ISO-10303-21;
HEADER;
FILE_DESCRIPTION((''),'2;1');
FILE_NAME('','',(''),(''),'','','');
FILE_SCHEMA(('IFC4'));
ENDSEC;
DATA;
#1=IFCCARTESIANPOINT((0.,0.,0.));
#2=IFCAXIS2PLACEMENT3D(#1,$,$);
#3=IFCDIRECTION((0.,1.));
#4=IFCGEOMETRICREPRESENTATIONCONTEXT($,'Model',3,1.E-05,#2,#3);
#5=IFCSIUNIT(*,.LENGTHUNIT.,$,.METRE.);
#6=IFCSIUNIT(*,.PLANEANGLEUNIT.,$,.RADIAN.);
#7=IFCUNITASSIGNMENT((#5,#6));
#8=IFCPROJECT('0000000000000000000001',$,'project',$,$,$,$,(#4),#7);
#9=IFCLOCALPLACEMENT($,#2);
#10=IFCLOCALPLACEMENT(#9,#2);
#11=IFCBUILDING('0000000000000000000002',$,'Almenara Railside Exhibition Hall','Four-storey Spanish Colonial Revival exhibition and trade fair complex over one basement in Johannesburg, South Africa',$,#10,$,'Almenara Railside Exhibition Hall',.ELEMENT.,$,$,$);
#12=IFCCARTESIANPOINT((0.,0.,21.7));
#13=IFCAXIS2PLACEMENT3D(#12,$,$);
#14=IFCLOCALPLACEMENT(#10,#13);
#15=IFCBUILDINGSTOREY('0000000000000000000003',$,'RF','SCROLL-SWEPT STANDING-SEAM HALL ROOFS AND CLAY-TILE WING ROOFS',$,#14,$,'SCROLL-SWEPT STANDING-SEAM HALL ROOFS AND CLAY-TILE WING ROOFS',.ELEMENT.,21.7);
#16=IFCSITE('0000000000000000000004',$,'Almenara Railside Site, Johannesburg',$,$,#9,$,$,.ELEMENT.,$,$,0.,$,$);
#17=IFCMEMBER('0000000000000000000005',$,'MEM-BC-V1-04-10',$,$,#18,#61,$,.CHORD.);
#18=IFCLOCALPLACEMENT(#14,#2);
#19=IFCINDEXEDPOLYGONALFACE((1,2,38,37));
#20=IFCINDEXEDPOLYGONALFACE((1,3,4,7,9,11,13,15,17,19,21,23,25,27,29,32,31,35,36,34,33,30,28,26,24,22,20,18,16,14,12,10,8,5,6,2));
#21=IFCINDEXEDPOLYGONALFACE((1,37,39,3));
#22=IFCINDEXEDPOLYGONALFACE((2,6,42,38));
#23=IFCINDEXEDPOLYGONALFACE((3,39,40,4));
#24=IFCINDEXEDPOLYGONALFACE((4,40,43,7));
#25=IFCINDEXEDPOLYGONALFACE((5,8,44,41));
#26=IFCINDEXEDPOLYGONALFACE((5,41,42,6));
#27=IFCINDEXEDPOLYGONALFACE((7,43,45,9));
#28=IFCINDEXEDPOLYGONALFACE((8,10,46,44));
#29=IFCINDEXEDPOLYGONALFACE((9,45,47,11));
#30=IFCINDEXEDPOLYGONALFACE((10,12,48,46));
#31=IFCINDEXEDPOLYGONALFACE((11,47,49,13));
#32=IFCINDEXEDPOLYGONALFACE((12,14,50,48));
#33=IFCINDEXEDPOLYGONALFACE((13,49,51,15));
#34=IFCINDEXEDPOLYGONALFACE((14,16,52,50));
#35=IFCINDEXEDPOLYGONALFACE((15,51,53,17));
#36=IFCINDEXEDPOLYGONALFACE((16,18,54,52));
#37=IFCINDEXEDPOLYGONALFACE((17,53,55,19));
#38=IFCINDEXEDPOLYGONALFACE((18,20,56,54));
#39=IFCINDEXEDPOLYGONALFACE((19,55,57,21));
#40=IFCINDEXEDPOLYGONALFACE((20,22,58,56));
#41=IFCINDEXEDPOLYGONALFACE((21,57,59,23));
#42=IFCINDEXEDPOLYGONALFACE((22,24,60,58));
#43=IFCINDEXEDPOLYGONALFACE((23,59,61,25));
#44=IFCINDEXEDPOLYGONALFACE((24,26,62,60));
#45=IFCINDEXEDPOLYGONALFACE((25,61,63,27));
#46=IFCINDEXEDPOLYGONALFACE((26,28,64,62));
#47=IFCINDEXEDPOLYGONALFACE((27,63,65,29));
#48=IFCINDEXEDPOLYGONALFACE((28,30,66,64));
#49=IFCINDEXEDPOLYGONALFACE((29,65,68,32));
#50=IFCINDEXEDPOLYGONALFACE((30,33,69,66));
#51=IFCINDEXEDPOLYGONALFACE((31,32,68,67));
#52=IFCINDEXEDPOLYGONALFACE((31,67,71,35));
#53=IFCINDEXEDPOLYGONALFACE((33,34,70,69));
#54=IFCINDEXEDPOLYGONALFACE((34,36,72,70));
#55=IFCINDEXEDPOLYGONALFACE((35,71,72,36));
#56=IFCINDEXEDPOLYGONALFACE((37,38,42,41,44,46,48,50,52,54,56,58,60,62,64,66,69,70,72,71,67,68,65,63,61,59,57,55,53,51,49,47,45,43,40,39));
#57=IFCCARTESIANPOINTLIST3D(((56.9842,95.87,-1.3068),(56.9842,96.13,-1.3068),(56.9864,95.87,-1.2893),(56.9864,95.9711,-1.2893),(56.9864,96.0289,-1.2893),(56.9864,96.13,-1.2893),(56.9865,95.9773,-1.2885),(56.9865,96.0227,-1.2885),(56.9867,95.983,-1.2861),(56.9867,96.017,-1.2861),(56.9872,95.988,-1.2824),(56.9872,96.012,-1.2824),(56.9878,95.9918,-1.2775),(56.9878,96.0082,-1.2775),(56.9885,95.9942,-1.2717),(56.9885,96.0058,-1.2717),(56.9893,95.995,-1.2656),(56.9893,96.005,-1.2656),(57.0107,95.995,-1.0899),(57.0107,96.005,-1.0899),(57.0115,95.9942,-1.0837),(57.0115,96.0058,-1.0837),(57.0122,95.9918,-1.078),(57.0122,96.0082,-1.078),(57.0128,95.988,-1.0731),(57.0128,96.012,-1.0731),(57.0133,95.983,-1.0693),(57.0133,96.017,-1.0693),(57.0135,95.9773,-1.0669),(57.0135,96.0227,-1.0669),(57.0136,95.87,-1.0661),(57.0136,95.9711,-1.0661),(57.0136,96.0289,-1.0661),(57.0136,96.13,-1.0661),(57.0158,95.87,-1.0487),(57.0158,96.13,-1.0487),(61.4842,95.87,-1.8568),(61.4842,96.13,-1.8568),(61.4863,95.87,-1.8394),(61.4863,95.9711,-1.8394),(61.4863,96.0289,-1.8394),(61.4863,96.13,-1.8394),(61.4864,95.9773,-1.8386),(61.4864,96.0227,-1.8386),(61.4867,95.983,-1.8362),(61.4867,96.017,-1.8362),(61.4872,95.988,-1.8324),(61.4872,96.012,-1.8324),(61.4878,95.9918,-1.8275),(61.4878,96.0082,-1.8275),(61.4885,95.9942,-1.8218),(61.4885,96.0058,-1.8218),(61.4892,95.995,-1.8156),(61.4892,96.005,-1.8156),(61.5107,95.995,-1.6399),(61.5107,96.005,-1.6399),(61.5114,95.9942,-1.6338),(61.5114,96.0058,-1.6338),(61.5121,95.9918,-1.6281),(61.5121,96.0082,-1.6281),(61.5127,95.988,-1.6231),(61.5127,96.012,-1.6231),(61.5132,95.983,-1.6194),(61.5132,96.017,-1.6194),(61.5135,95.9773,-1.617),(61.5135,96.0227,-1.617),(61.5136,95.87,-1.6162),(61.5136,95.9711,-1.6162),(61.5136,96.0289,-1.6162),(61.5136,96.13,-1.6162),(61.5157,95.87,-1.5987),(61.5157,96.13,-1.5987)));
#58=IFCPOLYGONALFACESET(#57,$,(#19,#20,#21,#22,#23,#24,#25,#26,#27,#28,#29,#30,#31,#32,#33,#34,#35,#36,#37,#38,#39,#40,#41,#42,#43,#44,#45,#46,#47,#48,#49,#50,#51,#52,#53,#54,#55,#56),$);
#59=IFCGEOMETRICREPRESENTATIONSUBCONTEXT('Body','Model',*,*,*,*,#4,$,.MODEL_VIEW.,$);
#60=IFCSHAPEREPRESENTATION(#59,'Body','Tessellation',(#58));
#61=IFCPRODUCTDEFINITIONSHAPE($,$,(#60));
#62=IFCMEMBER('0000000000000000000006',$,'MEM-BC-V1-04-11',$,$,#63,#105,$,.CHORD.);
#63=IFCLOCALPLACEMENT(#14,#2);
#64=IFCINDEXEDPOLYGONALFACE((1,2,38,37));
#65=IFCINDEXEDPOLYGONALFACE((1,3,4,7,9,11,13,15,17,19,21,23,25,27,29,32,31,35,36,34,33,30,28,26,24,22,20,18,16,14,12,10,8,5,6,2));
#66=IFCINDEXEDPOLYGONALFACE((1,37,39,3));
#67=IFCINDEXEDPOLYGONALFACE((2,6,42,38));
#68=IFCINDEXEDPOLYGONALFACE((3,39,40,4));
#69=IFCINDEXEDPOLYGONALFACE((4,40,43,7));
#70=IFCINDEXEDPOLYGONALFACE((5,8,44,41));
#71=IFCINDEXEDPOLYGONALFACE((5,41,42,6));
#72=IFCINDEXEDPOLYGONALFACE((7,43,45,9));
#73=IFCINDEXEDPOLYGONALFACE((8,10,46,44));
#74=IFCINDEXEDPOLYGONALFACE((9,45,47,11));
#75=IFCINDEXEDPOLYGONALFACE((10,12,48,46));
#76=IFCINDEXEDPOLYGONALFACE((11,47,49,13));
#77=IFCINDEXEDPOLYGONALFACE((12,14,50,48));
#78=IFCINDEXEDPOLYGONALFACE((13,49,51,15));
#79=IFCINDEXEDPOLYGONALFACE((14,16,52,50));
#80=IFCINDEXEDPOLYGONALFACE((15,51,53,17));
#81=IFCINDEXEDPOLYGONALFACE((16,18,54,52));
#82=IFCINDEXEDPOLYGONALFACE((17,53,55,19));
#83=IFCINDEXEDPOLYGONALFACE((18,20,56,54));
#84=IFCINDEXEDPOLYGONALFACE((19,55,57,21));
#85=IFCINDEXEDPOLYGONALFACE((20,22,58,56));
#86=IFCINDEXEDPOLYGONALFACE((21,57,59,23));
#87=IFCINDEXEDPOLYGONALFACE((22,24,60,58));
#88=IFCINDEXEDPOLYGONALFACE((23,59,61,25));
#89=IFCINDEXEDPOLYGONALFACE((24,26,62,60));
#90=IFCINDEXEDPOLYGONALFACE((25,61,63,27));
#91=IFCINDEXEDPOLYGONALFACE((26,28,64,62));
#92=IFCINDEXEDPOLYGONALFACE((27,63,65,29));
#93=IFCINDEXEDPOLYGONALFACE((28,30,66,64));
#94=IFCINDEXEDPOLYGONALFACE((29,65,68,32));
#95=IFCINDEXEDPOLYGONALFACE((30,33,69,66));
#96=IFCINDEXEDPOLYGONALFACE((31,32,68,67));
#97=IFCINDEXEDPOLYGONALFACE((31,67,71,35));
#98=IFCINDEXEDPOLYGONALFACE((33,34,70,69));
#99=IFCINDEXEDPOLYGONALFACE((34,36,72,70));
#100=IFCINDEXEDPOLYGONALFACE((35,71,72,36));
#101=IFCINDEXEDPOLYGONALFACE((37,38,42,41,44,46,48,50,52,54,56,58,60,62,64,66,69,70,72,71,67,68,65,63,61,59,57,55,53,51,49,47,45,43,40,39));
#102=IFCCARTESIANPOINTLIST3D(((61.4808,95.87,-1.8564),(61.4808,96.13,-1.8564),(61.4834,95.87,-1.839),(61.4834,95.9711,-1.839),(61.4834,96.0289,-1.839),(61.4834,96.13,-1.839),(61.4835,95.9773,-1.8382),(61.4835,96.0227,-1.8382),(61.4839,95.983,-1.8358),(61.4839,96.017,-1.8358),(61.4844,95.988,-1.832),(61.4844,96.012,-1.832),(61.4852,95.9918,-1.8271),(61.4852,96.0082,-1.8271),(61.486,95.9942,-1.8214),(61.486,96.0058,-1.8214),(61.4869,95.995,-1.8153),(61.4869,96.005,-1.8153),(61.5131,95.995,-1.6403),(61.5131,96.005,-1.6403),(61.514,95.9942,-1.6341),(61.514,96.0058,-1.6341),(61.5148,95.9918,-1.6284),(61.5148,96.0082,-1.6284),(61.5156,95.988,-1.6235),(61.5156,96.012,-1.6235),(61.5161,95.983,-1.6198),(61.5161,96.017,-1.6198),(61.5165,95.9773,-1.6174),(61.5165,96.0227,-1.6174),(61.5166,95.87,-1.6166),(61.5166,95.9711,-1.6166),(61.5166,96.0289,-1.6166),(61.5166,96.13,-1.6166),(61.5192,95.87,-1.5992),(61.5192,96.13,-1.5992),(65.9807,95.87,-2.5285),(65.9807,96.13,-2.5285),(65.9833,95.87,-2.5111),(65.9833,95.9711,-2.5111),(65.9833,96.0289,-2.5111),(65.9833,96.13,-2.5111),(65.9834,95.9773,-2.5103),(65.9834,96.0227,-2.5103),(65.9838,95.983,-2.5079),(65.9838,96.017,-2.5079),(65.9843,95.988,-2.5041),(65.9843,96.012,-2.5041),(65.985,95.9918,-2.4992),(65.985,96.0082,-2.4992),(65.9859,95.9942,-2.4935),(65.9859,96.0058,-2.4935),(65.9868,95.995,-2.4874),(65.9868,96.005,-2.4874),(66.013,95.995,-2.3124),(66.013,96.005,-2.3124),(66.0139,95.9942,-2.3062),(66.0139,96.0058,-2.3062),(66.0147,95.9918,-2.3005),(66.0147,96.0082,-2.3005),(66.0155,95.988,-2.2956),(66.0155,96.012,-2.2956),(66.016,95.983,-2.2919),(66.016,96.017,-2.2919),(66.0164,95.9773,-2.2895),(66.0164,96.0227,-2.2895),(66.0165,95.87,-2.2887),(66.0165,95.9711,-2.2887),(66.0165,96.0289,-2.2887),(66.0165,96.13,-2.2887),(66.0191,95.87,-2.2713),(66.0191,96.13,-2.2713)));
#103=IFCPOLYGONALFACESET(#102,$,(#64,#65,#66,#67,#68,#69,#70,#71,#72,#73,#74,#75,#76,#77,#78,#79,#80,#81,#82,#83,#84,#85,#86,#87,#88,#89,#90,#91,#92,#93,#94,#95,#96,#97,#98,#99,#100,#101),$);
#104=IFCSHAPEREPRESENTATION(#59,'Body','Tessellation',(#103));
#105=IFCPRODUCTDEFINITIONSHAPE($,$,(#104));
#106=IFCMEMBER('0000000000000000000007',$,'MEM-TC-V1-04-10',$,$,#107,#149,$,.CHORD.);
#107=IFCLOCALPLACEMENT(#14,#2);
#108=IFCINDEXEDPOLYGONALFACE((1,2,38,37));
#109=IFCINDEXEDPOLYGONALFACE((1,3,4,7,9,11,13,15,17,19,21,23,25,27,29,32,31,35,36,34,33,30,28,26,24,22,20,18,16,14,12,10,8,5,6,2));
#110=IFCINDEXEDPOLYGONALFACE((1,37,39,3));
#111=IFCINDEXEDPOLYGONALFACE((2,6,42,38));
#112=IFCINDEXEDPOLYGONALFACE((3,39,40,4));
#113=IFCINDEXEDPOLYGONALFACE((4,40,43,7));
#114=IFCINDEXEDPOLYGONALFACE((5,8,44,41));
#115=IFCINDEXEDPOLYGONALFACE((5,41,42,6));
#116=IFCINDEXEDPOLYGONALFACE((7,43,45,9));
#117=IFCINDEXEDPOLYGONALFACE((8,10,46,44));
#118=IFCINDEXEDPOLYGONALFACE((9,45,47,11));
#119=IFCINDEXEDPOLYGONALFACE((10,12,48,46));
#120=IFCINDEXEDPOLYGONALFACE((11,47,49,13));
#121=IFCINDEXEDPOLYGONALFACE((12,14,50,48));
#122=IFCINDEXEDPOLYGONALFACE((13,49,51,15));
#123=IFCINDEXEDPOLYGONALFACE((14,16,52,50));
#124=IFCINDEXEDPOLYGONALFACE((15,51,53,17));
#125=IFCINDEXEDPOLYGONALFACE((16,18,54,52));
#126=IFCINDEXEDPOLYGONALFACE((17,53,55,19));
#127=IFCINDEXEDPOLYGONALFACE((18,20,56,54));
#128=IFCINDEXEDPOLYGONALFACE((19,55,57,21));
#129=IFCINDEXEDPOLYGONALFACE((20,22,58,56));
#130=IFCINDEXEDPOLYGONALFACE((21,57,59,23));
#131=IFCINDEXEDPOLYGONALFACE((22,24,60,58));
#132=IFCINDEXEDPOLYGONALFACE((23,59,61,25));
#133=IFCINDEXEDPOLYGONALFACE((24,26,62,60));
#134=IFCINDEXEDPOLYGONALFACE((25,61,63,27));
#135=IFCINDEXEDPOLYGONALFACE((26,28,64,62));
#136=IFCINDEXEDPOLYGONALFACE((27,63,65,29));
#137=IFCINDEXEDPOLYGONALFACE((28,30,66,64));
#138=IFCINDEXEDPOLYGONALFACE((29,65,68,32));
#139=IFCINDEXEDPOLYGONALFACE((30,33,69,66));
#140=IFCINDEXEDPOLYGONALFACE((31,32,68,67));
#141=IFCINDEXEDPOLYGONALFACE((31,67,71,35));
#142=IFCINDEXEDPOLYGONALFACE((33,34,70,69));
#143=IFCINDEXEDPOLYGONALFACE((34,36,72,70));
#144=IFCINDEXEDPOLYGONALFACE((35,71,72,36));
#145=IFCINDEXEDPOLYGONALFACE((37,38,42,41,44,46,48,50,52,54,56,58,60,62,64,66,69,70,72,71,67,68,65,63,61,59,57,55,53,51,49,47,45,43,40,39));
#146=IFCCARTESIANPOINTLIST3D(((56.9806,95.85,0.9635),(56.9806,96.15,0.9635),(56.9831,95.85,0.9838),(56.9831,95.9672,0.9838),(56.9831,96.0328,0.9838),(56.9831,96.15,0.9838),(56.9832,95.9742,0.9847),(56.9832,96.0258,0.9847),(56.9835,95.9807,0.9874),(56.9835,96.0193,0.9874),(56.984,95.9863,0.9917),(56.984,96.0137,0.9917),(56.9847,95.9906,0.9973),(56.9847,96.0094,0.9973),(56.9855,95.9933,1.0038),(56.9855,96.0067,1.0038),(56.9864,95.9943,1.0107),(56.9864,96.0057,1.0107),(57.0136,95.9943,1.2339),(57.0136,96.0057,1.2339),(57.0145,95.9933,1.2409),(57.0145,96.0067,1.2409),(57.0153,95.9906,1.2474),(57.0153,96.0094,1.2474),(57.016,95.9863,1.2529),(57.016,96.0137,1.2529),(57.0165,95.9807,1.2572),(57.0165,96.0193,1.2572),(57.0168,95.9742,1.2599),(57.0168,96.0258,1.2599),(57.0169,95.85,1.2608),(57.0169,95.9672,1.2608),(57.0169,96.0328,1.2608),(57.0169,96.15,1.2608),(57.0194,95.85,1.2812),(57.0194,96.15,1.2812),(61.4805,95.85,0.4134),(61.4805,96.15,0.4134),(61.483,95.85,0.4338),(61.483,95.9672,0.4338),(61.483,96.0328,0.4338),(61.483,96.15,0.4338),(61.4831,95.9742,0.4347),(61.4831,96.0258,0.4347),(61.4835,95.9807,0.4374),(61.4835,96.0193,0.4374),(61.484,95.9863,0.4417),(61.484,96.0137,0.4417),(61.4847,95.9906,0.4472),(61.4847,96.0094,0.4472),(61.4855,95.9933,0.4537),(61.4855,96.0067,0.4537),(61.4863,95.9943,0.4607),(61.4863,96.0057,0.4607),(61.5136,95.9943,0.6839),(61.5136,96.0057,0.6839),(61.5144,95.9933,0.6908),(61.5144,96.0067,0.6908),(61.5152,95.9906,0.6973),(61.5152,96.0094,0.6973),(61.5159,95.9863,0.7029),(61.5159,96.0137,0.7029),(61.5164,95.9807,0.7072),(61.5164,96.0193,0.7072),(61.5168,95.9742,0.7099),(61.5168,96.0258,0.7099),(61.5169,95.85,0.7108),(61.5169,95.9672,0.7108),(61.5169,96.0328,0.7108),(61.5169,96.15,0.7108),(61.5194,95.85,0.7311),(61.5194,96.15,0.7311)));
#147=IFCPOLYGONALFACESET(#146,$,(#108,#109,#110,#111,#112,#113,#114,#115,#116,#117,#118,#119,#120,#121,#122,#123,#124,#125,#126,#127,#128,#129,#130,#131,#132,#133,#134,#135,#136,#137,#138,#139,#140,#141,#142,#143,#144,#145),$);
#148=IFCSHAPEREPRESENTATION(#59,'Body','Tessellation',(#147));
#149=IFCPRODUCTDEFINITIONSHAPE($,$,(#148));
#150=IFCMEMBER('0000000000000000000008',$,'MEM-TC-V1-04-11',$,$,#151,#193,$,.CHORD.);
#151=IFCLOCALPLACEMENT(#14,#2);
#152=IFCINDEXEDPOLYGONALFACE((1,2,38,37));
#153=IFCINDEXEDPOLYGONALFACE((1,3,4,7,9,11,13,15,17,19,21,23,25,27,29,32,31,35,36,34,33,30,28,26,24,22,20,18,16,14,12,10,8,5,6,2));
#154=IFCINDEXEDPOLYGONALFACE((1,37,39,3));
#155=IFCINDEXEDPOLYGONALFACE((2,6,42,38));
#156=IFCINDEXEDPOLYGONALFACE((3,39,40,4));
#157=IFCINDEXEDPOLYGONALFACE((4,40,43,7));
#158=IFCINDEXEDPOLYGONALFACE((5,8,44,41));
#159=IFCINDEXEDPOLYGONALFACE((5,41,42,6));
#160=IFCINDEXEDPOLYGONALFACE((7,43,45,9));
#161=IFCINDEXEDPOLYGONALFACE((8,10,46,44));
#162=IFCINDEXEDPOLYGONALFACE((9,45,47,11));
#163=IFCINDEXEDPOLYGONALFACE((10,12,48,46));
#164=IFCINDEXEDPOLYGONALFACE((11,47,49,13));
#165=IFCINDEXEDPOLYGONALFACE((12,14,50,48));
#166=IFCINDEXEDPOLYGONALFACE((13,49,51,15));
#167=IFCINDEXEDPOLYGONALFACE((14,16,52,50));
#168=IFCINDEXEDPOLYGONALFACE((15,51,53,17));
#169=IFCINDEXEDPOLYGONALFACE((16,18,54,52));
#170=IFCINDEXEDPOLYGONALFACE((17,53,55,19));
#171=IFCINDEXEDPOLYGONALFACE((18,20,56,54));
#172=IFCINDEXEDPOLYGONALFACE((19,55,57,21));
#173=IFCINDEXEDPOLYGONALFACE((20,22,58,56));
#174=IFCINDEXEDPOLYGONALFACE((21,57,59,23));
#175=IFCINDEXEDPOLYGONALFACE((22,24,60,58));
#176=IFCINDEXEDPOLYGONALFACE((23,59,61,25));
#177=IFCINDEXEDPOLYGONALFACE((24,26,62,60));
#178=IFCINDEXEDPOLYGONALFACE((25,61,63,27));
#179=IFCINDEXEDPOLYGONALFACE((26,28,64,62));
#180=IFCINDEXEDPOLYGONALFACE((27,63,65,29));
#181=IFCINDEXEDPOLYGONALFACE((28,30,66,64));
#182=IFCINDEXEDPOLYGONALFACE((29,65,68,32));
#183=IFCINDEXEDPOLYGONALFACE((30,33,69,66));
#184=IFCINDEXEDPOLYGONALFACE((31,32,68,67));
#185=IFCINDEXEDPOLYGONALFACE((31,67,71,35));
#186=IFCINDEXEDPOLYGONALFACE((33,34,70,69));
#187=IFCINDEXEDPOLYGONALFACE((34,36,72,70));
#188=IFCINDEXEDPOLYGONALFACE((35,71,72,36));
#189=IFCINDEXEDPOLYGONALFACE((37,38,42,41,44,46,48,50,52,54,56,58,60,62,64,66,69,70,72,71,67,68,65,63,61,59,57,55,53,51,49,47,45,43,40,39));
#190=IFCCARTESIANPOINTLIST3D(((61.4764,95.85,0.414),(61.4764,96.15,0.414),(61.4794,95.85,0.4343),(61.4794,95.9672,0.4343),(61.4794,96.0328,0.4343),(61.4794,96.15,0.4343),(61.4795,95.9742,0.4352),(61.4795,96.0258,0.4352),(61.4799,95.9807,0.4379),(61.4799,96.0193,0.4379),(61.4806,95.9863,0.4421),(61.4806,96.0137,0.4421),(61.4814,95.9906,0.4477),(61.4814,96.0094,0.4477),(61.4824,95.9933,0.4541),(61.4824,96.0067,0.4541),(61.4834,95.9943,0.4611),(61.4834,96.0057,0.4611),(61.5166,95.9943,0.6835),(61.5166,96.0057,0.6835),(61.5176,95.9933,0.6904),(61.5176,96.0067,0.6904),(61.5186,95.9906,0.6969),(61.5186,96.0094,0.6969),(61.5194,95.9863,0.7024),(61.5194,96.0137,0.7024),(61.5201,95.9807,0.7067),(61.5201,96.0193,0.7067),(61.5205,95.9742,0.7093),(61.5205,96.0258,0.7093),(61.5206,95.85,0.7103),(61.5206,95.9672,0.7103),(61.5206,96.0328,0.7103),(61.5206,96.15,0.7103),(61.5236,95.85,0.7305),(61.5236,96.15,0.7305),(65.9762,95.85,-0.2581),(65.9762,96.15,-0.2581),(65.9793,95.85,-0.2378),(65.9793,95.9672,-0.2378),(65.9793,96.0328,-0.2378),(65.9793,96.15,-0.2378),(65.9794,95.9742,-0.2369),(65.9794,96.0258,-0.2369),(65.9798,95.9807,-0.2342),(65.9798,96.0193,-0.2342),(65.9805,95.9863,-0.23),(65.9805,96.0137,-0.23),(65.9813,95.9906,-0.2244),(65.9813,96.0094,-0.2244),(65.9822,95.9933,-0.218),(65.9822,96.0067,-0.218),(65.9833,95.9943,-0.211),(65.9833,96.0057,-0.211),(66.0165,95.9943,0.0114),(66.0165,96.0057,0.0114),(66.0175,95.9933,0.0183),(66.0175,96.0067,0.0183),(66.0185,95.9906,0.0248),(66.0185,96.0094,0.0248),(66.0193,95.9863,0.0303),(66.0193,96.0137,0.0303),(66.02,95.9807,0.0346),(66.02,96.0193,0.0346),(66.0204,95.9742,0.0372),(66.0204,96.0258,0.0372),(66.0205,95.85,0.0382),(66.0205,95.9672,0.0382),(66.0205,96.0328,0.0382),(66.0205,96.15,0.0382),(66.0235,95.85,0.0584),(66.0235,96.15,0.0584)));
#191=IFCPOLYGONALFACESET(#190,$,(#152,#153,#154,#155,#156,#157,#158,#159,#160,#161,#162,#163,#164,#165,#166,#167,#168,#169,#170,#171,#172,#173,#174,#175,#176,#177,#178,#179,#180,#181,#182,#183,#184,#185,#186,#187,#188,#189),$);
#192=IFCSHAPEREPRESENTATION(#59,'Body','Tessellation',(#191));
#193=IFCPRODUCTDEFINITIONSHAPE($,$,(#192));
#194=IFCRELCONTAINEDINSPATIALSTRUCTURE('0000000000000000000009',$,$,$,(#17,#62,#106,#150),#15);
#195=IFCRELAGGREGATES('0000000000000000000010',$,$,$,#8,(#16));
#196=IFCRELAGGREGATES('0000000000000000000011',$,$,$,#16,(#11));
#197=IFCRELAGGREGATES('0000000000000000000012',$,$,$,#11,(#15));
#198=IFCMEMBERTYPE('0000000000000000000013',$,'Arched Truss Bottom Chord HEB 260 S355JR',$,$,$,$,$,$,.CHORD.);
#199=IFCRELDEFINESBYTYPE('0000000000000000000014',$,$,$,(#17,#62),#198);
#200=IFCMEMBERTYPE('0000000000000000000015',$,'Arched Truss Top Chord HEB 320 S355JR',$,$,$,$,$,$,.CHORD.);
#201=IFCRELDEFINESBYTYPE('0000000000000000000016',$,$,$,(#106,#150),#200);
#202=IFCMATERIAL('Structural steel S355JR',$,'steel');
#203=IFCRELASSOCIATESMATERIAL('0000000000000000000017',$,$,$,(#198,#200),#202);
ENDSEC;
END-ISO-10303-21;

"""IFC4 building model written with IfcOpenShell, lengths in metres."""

from ifc_helpers import new_model, si_unit, direction, frame, origin, origin_2d, place, context, subcontext, project, spatial, i_section, extrude, material, material_profile, profile_set, type_object, element, save


model = new_model("IFC4")

# Units and contexts
model_context = context("Model", 3, precision=1e-05, world=origin(), true_north=direction((0.0, 1.0)))
body_context = subcontext(model_context, "Body", "Model", "MODEL_VIEW")
ifc_project = project(units=[si_unit("LENGTHUNIT", "METRE"), si_unit("PLANEANGLEUNIT", "RADIAN")], contexts=[model_context])

# Site, building, storey
site_placement = place(None, origin())
site = spatial("IfcSite", under=ifc_project, at=site_placement, Name="Almenara Railside Site, Johannesburg", CompositionType="ELEMENT", RefElevation=0.0)
building_placement = place(site_placement, origin())
building = spatial("IfcBuilding", under=site, at=building_placement, Name="Almenara Railside Exhibition Hall", Description="Four-storey Spanish Colonial Revival exhibition and trade fair complex over one basement in Johannesburg, South Africa", LongName="Almenara Railside Exhibition Hall", CompositionType="ELEMENT")
storey_placement = place(building_placement, frame((0.0, 0.0, 21.7)))
storey = spatial("IfcBuildingStorey", under=building, at=storey_placement, Name="RF", Description="SCROLL-SWEPT STANDING-SEAM HALL ROOFS AND CLAY-TILE WING ROOFS", LongName="SCROLL-SWEPT STANDING-SEAM HALL ROOFS AND CLAY-TILE WING ROOFS", CompositionType="ELEMENT", Elevation=21.7)

# Members
ifc_material_1 = material(Name="Structural steel S355JR", Category="steel")
ifc_material_profile_1 = material_profile(ifc_material_1, i_section(OverallWidth=0.26, OverallDepth=0.26, WebThickness=0.01, FlangeThickness=0.0176, FilletRadius=0.0239, at=origin_2d()), Name="HEB 260")
ifc_profile_set_1 = profile_set([ifc_material_profile_1], Name="Structural steel S355JR")
member_type_1 = type_object("IfcMemberType", Name="Arched Truss Bottom Chord HEB 260 S355JR", PredefinedType="CHORD", material=ifc_profile_set_1)
member_1_placement = place(storey_placement, frame((57.0, 96.0, -1.1777), z_axis=(0.992612, 0.0, -0.12133), x_axis=(0.0, 1.0, 0.0)))
element("IfcMember", 1, at=member_1_placement, inside=storey, type_object=member_type_1, Name="MEM-BC-V1-04-10", PredefinedType="CHORD", context=body_context, shape_type="SweptSolid", body=[
    extrude(i_section(OverallWidth=0.26, OverallDepth=0.26, WebThickness=0.01, FlangeThickness=0.0176, FilletRadius=0.0239, at=origin_2d()), origin(), (0.0, 0.0, 1.0), 4.5334),
])
member_2_placement = place(storey_placement, frame((61.5, 96.0, -1.7278), z_axis=(0.989029, 0.0, -0.147721), x_axis=(0.0, 1.0, 0.0)))
element("IfcMember", 2, at=member_2_placement, inside=storey, type_object=member_type_1, Name="MEM-BC-V1-04-11", PredefinedType="CHORD", context=body_context, shape_type="SweptSolid", body=[
    extrude(i_section(OverallWidth=0.26, OverallDepth=0.26, WebThickness=0.01, FlangeThickness=0.0176, FilletRadius=0.0239, at=origin_2d()), origin(), (0.0, 0.0, 1.0), 4.5498),
])
ifc_material_profile_2 = material_profile(ifc_material_1, i_section(OverallWidth=0.3, OverallDepth=0.3201, WebThickness=0.0115, FlangeThickness=0.0205, FilletRadius=0.0271, at=origin_2d()), Name="HEB 320")
ifc_profile_set_2 = profile_set([ifc_material_profile_2], Name="Structural steel S355JR")
member_type_2 = type_object("IfcMemberType", Name="Arched Truss Top Chord HEB 320 S355JR", PredefinedType="CHORD", material=ifc_profile_set_2)
member_3_placement = place(storey_placement, frame((57.0, 96.0, 1.1223), z_axis=(0.992612, 0.0, -0.12133), x_axis=(0.0, 1.0, 0.0)))
element("IfcMember", 3, at=member_3_placement, inside=storey, type_object=member_type_2, Name="MEM-TC-V1-04-10", PredefinedType="CHORD", context=body_context, shape_type="SweptSolid", body=[
    extrude(i_section(OverallWidth=0.3, OverallDepth=0.3201, WebThickness=0.0115, FlangeThickness=0.0205, FilletRadius=0.0271, at=origin_2d()), origin(), (0.0, 0.0, 1.0), 4.5334),
])
member_4_placement = place(storey_placement, frame((61.5, 96.0, 0.5723), z_axis=(0.989029, 0.0, -0.147721), x_axis=(0.0, 1.0, 0.0)))
element("IfcMember", 4, at=member_4_placement, inside=storey, type_object=member_type_2, Name="MEM-TC-V1-04-11", PredefinedType="CHORD", context=body_context, shape_type="SweptSolid", body=[
    extrude(i_section(OverallWidth=0.3, OverallDepth=0.3201, WebThickness=0.0115, FlangeThickness=0.0205, FilletRadius=0.0271, at=origin_2d()), origin(), (0.0, 0.0, 1.0), 4.5498),
])

save(model, "model.ifc")
